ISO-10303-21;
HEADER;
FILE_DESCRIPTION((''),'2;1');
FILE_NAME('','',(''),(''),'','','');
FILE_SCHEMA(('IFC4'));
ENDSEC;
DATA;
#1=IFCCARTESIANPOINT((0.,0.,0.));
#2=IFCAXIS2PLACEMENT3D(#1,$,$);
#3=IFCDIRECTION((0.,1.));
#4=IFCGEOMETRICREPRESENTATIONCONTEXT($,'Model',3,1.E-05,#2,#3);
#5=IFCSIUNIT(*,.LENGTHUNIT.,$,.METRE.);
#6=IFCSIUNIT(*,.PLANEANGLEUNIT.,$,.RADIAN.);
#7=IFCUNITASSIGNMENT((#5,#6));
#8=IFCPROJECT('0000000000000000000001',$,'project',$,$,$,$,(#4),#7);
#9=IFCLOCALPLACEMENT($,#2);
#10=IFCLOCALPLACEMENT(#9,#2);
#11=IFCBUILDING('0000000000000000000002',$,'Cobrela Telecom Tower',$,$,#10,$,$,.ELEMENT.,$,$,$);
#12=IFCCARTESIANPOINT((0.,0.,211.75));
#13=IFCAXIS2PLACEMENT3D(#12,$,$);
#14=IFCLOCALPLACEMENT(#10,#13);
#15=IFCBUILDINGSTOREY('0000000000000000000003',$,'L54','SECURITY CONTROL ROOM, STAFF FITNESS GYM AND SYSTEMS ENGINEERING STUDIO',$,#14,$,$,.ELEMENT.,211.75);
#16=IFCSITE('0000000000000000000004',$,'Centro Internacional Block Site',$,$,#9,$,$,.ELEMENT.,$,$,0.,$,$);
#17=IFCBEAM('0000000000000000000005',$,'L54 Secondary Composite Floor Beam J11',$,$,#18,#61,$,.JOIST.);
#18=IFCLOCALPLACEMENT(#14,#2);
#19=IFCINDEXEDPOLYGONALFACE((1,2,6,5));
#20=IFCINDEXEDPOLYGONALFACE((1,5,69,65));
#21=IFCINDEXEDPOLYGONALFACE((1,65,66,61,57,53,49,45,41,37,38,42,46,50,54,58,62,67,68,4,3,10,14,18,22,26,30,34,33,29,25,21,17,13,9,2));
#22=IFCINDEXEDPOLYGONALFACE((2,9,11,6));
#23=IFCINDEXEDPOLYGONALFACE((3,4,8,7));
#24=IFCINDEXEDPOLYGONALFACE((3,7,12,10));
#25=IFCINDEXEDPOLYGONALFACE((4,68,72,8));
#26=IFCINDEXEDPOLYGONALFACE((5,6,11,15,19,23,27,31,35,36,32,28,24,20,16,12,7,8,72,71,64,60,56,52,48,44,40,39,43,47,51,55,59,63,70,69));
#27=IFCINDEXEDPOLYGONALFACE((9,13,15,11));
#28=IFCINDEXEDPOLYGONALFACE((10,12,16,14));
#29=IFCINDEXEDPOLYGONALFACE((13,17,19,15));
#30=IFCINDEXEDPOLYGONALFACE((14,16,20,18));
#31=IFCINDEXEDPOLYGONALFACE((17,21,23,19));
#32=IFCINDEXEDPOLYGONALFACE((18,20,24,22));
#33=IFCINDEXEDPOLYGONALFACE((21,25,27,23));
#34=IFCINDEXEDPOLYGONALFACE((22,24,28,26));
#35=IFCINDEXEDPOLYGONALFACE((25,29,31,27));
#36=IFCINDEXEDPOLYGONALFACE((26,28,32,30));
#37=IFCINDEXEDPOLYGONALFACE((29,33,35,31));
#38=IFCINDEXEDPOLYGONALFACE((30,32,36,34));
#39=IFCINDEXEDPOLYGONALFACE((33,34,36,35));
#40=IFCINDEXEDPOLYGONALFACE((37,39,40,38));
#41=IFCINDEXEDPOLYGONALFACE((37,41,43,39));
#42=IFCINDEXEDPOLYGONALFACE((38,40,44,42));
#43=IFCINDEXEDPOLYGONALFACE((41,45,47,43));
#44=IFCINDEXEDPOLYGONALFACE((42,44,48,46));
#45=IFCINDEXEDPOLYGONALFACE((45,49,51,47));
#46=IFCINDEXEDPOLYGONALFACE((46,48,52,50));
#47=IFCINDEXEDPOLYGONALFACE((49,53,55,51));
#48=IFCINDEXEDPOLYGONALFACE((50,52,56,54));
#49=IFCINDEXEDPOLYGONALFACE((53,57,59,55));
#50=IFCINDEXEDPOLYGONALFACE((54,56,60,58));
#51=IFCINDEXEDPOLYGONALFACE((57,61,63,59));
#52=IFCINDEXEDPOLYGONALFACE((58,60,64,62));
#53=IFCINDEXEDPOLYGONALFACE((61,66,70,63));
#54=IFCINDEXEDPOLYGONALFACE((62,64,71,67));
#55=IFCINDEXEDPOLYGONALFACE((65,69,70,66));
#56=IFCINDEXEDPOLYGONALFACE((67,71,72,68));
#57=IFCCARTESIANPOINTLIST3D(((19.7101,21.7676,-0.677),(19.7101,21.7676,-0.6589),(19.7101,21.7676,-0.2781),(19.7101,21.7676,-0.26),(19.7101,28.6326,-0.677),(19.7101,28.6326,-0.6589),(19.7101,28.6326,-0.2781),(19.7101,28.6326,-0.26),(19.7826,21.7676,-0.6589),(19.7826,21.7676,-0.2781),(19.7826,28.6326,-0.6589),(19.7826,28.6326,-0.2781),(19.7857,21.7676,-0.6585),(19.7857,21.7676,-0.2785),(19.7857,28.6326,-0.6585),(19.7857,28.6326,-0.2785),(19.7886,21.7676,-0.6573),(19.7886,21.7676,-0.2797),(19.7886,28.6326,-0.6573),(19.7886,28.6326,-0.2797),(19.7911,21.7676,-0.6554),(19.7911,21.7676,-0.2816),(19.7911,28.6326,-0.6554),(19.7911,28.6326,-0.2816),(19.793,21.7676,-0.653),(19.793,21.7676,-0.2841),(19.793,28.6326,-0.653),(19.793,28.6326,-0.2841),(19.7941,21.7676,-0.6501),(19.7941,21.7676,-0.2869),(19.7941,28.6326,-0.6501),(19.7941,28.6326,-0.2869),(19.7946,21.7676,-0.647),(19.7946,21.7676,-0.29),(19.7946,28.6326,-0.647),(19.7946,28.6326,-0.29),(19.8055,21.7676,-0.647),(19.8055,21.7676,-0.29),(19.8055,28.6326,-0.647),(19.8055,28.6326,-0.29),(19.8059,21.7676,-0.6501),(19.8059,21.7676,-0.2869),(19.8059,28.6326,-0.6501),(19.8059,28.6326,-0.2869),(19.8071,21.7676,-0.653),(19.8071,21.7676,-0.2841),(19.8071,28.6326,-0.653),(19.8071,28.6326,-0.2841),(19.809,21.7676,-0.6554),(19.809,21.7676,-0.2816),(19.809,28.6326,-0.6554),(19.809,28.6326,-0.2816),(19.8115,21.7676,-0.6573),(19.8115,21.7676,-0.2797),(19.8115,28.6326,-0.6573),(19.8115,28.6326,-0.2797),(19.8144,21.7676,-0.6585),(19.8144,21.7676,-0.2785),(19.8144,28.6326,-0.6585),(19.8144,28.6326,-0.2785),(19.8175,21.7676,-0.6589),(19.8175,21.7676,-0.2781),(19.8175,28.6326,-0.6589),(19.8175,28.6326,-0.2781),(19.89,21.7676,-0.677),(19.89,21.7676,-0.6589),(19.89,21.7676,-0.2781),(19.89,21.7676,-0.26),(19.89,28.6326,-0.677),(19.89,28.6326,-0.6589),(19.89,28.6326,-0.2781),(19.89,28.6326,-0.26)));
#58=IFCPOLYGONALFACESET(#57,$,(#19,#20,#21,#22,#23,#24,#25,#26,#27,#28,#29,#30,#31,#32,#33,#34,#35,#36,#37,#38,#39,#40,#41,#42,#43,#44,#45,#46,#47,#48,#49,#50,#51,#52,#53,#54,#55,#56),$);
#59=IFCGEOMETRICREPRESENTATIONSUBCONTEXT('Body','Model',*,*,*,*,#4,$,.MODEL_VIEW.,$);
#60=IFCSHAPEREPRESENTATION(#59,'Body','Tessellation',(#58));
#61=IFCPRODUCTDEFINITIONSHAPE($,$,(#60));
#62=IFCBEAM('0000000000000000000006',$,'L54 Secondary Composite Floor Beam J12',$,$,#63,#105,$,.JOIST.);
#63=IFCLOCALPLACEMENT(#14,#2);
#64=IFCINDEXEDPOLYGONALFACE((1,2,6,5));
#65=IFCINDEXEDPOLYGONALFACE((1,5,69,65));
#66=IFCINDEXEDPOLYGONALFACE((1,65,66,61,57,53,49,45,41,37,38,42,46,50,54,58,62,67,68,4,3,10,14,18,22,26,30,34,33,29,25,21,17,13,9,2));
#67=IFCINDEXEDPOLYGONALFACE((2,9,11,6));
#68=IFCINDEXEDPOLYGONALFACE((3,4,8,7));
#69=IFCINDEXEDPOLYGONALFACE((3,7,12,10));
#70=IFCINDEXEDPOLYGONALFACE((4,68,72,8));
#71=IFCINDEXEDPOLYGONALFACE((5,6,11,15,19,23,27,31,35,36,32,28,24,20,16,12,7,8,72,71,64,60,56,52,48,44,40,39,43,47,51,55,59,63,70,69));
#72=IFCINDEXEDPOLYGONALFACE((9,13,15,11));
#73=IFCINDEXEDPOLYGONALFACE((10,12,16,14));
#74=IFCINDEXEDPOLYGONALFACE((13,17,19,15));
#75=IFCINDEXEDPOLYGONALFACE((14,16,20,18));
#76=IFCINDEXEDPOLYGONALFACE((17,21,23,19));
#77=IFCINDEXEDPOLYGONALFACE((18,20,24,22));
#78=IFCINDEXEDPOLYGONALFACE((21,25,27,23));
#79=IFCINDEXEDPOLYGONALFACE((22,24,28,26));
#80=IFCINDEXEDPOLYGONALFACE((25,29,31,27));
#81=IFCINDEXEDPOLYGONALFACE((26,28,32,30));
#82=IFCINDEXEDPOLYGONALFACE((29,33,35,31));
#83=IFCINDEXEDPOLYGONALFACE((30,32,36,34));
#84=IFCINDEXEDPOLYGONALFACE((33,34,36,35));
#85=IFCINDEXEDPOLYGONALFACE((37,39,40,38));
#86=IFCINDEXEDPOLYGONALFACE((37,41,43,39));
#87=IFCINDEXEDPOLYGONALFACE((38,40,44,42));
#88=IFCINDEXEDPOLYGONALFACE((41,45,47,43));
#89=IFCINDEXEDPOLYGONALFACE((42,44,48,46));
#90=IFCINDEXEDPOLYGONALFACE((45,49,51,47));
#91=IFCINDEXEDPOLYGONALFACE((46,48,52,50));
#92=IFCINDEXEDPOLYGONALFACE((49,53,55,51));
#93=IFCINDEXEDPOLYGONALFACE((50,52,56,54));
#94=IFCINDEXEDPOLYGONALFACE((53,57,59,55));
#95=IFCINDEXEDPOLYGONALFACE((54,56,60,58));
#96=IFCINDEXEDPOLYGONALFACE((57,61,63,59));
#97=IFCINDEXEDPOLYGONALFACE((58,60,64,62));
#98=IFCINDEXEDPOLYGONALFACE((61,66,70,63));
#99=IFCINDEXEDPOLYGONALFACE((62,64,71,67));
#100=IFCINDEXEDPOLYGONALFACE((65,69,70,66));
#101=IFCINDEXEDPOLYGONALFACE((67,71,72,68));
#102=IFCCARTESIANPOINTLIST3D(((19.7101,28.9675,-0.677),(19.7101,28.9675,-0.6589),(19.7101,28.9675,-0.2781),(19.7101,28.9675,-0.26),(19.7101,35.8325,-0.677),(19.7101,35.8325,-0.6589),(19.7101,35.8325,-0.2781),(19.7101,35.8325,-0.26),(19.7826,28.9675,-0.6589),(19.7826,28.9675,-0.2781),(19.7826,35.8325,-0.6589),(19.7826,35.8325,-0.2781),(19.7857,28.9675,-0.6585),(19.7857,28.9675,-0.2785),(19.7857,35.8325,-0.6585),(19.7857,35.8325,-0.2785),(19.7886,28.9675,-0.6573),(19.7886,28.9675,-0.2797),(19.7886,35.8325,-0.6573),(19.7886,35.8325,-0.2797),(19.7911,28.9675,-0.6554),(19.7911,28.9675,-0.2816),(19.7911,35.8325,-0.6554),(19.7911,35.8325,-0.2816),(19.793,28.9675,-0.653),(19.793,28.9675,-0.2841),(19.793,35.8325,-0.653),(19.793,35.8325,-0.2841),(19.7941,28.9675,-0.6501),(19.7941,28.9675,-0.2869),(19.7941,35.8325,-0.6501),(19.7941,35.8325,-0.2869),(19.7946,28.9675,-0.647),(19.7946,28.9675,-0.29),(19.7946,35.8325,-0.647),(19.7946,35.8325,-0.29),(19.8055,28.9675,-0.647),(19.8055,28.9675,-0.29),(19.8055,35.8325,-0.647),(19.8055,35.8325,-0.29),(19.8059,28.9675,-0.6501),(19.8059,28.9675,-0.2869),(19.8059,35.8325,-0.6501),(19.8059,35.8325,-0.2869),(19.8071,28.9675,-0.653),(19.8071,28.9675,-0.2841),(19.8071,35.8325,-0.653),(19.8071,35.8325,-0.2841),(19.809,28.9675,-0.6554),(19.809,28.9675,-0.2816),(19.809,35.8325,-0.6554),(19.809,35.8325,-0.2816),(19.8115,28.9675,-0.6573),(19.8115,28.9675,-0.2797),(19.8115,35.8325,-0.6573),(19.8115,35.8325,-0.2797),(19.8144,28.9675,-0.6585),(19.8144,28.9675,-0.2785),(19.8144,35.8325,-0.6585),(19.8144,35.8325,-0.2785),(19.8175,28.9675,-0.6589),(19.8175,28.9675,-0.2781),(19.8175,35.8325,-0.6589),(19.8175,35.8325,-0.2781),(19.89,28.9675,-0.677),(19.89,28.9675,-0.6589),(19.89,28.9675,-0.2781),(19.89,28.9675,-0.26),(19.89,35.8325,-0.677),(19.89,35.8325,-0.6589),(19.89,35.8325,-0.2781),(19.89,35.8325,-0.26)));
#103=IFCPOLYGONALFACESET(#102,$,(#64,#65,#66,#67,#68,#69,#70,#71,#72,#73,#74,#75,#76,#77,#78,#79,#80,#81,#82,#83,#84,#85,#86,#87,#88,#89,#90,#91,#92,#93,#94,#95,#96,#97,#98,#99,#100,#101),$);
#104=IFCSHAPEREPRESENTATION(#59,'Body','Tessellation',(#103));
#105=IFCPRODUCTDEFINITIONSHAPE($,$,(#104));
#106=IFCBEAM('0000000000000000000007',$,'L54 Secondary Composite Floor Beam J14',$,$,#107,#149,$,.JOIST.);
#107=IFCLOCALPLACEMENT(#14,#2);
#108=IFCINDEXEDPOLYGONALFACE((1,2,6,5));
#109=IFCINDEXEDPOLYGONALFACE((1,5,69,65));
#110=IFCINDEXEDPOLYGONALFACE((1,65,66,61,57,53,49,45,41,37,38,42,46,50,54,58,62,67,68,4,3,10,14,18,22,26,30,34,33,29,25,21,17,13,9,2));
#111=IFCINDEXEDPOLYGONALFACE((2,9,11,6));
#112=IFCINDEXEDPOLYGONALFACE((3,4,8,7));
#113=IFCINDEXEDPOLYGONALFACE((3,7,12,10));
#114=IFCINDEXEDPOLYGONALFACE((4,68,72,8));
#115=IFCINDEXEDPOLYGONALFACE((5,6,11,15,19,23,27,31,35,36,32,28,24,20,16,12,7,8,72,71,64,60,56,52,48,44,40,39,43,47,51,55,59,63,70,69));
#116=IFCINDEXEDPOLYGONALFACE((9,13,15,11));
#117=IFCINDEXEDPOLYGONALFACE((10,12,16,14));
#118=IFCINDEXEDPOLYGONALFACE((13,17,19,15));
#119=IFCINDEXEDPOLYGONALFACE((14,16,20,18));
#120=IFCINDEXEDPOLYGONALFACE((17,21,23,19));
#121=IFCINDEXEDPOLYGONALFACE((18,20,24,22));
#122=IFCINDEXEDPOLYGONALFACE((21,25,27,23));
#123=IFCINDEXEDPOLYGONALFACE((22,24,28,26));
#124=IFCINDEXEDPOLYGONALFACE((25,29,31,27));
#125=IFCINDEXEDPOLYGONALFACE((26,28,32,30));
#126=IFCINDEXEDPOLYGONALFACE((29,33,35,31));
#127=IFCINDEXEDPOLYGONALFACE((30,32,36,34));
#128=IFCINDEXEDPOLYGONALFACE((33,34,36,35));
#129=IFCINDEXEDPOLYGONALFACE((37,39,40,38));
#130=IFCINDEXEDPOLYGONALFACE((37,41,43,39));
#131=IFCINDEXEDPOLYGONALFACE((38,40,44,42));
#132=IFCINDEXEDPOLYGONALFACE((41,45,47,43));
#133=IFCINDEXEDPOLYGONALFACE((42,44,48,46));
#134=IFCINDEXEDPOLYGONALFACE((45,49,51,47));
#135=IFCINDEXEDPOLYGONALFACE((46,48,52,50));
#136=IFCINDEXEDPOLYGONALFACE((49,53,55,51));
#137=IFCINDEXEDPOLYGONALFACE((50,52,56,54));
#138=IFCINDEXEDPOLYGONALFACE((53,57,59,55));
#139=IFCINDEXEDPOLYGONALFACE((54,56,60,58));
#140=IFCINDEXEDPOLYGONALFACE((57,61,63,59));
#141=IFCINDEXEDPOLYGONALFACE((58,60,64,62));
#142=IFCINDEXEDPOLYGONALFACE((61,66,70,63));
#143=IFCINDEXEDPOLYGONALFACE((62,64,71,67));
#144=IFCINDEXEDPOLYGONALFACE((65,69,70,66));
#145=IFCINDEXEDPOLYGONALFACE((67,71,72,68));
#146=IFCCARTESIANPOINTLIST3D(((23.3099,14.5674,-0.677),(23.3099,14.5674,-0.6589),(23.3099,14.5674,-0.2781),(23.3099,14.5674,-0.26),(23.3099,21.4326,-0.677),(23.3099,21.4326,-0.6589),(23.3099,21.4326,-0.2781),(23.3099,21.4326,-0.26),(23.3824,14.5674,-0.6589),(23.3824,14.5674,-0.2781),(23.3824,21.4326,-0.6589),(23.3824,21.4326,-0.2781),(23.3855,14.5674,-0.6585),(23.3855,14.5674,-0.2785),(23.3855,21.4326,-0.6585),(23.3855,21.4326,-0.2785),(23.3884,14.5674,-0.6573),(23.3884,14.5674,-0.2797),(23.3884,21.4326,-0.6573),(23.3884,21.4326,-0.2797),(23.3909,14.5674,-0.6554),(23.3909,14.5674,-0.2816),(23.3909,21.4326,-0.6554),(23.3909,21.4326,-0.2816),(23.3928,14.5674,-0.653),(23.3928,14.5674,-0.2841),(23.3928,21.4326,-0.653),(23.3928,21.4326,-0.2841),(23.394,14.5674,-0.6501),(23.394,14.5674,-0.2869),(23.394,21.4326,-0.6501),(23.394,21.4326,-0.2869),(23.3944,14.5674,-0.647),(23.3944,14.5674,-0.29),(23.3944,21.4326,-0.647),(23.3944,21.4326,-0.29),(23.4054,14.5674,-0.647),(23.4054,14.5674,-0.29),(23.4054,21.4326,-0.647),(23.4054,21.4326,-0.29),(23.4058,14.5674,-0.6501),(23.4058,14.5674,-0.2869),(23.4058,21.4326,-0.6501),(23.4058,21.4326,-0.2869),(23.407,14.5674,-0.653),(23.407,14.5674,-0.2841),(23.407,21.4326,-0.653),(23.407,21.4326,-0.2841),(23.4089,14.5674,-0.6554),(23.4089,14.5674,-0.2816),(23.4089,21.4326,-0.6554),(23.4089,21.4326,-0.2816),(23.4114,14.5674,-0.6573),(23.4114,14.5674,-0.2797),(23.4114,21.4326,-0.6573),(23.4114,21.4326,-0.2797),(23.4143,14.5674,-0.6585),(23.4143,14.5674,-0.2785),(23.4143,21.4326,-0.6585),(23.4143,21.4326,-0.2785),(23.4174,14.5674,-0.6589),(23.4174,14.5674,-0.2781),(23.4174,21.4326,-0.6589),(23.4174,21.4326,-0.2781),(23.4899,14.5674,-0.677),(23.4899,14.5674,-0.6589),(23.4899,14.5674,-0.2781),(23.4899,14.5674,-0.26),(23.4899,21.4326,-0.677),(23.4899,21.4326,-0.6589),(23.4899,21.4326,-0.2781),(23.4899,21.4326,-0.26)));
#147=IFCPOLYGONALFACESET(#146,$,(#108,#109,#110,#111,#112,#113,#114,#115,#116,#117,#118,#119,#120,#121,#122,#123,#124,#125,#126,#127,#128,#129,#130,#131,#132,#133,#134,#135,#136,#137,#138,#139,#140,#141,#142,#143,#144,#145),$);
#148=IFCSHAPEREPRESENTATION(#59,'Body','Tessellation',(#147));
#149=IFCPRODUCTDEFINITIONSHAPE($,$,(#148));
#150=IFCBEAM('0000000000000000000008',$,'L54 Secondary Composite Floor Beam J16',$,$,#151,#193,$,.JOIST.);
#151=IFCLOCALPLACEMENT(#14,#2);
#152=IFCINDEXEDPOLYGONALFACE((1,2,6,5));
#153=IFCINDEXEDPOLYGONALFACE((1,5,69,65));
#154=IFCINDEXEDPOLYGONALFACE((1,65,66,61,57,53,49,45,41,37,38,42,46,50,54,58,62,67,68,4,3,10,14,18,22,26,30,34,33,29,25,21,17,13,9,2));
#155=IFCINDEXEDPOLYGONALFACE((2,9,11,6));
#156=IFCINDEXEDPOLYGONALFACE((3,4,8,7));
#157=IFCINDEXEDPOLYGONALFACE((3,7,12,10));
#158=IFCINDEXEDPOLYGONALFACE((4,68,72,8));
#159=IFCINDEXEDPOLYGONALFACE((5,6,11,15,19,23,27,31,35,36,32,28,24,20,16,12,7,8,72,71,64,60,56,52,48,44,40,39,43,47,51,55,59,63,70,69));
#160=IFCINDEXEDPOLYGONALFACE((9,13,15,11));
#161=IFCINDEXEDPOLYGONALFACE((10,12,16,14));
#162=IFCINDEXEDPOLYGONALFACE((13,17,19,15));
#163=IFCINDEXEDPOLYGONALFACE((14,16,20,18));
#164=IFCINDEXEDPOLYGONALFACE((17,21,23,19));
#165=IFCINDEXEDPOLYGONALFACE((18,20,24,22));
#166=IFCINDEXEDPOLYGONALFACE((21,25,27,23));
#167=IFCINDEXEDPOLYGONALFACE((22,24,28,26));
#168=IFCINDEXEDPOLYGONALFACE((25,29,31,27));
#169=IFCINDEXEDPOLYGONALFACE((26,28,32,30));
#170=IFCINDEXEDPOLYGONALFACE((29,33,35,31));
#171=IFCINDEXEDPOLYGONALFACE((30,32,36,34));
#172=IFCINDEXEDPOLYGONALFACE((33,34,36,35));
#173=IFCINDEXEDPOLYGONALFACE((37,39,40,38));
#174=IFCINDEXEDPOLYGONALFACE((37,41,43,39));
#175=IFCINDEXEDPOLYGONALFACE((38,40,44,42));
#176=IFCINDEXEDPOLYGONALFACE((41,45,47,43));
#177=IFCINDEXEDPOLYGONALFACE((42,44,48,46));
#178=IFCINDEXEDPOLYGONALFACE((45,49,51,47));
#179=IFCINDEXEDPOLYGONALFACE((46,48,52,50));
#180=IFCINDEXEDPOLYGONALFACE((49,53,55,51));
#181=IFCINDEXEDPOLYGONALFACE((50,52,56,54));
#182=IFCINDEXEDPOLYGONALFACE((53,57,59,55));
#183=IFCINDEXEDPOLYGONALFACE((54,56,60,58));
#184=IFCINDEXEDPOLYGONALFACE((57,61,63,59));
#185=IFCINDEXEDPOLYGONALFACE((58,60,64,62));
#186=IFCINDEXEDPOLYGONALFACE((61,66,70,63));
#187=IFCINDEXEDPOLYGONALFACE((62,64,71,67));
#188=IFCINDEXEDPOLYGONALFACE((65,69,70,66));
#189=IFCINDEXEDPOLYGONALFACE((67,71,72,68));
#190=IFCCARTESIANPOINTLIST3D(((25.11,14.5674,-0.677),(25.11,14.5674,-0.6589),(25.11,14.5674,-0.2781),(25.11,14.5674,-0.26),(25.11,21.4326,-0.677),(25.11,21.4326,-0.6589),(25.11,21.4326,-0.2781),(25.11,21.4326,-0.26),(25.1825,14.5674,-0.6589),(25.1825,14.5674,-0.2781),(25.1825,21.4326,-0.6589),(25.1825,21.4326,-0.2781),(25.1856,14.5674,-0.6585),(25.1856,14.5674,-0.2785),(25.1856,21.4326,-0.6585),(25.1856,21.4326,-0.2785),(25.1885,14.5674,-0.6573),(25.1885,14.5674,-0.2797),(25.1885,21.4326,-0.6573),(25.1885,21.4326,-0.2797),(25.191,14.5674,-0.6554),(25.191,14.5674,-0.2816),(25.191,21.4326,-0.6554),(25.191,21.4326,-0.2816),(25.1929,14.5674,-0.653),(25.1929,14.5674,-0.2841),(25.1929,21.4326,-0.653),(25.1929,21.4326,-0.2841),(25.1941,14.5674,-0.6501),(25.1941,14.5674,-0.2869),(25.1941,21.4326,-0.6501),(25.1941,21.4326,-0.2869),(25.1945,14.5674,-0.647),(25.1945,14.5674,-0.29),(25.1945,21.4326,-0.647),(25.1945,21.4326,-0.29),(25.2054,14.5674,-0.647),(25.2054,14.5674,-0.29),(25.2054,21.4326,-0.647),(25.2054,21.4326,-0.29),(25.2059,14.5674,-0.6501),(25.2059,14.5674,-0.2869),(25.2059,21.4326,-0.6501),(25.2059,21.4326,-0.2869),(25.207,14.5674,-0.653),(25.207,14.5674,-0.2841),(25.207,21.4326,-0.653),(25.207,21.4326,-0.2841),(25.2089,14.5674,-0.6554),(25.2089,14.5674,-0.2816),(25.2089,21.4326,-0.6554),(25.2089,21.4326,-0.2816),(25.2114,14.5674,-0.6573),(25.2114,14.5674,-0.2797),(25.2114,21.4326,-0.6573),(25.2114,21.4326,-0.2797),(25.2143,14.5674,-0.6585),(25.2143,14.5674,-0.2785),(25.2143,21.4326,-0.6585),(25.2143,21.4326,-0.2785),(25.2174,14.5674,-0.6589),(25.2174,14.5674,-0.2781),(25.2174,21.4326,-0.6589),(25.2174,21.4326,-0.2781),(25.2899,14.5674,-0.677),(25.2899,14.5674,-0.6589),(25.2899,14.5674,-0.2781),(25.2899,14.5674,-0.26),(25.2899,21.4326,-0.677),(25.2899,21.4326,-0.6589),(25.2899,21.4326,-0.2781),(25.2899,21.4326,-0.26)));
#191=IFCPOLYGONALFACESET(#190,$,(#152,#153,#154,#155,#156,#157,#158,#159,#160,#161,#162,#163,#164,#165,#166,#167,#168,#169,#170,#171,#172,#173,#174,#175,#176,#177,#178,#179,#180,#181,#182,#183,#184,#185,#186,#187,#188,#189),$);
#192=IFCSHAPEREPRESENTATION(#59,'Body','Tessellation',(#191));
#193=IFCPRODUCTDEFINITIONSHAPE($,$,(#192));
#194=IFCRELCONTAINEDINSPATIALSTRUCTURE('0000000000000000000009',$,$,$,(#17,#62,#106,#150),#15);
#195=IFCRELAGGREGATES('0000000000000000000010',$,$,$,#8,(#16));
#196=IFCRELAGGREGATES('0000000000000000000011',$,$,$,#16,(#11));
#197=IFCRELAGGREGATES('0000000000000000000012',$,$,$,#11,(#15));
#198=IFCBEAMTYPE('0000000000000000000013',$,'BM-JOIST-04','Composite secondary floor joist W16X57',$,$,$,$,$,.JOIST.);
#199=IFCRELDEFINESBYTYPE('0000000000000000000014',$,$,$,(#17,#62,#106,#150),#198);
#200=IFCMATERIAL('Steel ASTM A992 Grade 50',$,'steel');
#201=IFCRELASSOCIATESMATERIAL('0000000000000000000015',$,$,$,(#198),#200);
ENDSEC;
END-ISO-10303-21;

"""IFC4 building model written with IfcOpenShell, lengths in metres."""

from ifc_helpers import new_model, si_unit, direction, frame, origin, origin_2d, place, context, subcontext, project, spatial, i_section, extrude, material, material_profile, profile_set, type_object, element, save


model = new_model("IFC4")

# Units and contexts
model_context = context("Model", 3, precision=1e-05, world=origin(), true_north=direction((0.0, 1.0)))
body_context = subcontext(model_context, "Body", "Model", "MODEL_VIEW")
ifc_project = project(units=[si_unit("LENGTHUNIT", "METRE"), si_unit("PLANEANGLEUNIT", "RADIAN")], contexts=[model_context])

# Site, building, storey
site_placement = place(None, origin())
site = spatial("IfcSite", under=ifc_project, at=site_placement, Name="Centro Internacional Block Site", CompositionType="ELEMENT", RefElevation=0.0)
building_placement = place(site_placement, origin())
building = spatial("IfcBuilding", under=site, at=building_placement, Name="Cobrela Telecom Tower", CompositionType="ELEMENT")
storey_placement = place(building_placement, frame((0.0, 0.0, 211.75)))
storey = spatial("IfcBuildingStorey", under=building, at=storey_placement, Name="L54", Description="SECURITY CONTROL ROOM, STAFF FITNESS GYM AND SYSTEMS ENGINEERING STUDIO", CompositionType="ELEMENT", Elevation=211.75)

# Shared definitions
ifc_material_1 = material(Name="Steel ASTM A992 Grade 50", Category="steel")

# Beams
ifc_material_profile_1 = material_profile(ifc_material_1, i_section(OverallWidth=0.1799, OverallDepth=0.417, WebThickness=0.011, FlangeThickness=0.0181, FilletRadius=0.012, at=origin_2d()), Name="W16X57")
ifc_profile_set_1 = profile_set([ifc_material_profile_1], Name="Steel ASTM A992 Grade 50")
beam_type_1 = type_object("IfcBeamType", Name="BM-JOIST-04", Description="Composite secondary floor joist W16X57", PredefinedType="JOIST", material=ifc_profile_set_1)
for number, where, z_axis, x_axis, name in (
    (1, (19.8, 21.7676, -0.4685), (0.0, 1.0, 0.0), (-1.0, 0.0, 0.0), "L54 Secondary Composite Floor Beam J11"),
    (2, (19.8, 28.9675, -0.4685), (0.0, 1.0, 0.0), (-1.0, 0.0, 0.0), "L54 Secondary Composite Floor Beam J12"),
):
    element("IfcBeam", number, at=place(storey_placement, frame(where, z_axis=z_axis, x_axis=x_axis)), inside=storey, type_object=beam_type_1, Name=name, PredefinedType="JOIST", context=body_context, shape_type="SweptSolid", body=[
        extrude(i_section(OverallWidth=0.1799, OverallDepth=0.417, WebThickness=0.011, FlangeThickness=0.0181, FilletRadius=0.012, at=origin_2d()), origin(), (0.0, 0.0, 1.0), 6.865),
    ])
for number, where, z_axis, x_axis, name in (
    (3, (23.3999, 14.5674, -0.4685), (0.0, 1.0, 0.0), (-1.0, 0.0, 0.0), "L54 Secondary Composite Floor Beam J14"),
    (4, (25.2, 14.5674, -0.4685), (0.0, 1.0, 0.0), (-1.0, 0.0, 0.0), "L54 Secondary Composite Floor Beam J16"),
):
    element("IfcBeam", number, at=place(storey_placement, frame(where, z_axis=z_axis, x_axis=x_axis)), inside=storey, type_object=beam_type_1, Name=name, PredefinedType="JOIST", context=body_context, shape_type="SweptSolid", body=[
        extrude(i_section(OverallWidth=0.1799, OverallDepth=0.417, WebThickness=0.011, FlangeThickness=0.0181, FilletRadius=0.012, at=origin_2d()), origin(), (0.0, 0.0, 1.0), 6.8652),
    ])

save(model, "model.ifc")
